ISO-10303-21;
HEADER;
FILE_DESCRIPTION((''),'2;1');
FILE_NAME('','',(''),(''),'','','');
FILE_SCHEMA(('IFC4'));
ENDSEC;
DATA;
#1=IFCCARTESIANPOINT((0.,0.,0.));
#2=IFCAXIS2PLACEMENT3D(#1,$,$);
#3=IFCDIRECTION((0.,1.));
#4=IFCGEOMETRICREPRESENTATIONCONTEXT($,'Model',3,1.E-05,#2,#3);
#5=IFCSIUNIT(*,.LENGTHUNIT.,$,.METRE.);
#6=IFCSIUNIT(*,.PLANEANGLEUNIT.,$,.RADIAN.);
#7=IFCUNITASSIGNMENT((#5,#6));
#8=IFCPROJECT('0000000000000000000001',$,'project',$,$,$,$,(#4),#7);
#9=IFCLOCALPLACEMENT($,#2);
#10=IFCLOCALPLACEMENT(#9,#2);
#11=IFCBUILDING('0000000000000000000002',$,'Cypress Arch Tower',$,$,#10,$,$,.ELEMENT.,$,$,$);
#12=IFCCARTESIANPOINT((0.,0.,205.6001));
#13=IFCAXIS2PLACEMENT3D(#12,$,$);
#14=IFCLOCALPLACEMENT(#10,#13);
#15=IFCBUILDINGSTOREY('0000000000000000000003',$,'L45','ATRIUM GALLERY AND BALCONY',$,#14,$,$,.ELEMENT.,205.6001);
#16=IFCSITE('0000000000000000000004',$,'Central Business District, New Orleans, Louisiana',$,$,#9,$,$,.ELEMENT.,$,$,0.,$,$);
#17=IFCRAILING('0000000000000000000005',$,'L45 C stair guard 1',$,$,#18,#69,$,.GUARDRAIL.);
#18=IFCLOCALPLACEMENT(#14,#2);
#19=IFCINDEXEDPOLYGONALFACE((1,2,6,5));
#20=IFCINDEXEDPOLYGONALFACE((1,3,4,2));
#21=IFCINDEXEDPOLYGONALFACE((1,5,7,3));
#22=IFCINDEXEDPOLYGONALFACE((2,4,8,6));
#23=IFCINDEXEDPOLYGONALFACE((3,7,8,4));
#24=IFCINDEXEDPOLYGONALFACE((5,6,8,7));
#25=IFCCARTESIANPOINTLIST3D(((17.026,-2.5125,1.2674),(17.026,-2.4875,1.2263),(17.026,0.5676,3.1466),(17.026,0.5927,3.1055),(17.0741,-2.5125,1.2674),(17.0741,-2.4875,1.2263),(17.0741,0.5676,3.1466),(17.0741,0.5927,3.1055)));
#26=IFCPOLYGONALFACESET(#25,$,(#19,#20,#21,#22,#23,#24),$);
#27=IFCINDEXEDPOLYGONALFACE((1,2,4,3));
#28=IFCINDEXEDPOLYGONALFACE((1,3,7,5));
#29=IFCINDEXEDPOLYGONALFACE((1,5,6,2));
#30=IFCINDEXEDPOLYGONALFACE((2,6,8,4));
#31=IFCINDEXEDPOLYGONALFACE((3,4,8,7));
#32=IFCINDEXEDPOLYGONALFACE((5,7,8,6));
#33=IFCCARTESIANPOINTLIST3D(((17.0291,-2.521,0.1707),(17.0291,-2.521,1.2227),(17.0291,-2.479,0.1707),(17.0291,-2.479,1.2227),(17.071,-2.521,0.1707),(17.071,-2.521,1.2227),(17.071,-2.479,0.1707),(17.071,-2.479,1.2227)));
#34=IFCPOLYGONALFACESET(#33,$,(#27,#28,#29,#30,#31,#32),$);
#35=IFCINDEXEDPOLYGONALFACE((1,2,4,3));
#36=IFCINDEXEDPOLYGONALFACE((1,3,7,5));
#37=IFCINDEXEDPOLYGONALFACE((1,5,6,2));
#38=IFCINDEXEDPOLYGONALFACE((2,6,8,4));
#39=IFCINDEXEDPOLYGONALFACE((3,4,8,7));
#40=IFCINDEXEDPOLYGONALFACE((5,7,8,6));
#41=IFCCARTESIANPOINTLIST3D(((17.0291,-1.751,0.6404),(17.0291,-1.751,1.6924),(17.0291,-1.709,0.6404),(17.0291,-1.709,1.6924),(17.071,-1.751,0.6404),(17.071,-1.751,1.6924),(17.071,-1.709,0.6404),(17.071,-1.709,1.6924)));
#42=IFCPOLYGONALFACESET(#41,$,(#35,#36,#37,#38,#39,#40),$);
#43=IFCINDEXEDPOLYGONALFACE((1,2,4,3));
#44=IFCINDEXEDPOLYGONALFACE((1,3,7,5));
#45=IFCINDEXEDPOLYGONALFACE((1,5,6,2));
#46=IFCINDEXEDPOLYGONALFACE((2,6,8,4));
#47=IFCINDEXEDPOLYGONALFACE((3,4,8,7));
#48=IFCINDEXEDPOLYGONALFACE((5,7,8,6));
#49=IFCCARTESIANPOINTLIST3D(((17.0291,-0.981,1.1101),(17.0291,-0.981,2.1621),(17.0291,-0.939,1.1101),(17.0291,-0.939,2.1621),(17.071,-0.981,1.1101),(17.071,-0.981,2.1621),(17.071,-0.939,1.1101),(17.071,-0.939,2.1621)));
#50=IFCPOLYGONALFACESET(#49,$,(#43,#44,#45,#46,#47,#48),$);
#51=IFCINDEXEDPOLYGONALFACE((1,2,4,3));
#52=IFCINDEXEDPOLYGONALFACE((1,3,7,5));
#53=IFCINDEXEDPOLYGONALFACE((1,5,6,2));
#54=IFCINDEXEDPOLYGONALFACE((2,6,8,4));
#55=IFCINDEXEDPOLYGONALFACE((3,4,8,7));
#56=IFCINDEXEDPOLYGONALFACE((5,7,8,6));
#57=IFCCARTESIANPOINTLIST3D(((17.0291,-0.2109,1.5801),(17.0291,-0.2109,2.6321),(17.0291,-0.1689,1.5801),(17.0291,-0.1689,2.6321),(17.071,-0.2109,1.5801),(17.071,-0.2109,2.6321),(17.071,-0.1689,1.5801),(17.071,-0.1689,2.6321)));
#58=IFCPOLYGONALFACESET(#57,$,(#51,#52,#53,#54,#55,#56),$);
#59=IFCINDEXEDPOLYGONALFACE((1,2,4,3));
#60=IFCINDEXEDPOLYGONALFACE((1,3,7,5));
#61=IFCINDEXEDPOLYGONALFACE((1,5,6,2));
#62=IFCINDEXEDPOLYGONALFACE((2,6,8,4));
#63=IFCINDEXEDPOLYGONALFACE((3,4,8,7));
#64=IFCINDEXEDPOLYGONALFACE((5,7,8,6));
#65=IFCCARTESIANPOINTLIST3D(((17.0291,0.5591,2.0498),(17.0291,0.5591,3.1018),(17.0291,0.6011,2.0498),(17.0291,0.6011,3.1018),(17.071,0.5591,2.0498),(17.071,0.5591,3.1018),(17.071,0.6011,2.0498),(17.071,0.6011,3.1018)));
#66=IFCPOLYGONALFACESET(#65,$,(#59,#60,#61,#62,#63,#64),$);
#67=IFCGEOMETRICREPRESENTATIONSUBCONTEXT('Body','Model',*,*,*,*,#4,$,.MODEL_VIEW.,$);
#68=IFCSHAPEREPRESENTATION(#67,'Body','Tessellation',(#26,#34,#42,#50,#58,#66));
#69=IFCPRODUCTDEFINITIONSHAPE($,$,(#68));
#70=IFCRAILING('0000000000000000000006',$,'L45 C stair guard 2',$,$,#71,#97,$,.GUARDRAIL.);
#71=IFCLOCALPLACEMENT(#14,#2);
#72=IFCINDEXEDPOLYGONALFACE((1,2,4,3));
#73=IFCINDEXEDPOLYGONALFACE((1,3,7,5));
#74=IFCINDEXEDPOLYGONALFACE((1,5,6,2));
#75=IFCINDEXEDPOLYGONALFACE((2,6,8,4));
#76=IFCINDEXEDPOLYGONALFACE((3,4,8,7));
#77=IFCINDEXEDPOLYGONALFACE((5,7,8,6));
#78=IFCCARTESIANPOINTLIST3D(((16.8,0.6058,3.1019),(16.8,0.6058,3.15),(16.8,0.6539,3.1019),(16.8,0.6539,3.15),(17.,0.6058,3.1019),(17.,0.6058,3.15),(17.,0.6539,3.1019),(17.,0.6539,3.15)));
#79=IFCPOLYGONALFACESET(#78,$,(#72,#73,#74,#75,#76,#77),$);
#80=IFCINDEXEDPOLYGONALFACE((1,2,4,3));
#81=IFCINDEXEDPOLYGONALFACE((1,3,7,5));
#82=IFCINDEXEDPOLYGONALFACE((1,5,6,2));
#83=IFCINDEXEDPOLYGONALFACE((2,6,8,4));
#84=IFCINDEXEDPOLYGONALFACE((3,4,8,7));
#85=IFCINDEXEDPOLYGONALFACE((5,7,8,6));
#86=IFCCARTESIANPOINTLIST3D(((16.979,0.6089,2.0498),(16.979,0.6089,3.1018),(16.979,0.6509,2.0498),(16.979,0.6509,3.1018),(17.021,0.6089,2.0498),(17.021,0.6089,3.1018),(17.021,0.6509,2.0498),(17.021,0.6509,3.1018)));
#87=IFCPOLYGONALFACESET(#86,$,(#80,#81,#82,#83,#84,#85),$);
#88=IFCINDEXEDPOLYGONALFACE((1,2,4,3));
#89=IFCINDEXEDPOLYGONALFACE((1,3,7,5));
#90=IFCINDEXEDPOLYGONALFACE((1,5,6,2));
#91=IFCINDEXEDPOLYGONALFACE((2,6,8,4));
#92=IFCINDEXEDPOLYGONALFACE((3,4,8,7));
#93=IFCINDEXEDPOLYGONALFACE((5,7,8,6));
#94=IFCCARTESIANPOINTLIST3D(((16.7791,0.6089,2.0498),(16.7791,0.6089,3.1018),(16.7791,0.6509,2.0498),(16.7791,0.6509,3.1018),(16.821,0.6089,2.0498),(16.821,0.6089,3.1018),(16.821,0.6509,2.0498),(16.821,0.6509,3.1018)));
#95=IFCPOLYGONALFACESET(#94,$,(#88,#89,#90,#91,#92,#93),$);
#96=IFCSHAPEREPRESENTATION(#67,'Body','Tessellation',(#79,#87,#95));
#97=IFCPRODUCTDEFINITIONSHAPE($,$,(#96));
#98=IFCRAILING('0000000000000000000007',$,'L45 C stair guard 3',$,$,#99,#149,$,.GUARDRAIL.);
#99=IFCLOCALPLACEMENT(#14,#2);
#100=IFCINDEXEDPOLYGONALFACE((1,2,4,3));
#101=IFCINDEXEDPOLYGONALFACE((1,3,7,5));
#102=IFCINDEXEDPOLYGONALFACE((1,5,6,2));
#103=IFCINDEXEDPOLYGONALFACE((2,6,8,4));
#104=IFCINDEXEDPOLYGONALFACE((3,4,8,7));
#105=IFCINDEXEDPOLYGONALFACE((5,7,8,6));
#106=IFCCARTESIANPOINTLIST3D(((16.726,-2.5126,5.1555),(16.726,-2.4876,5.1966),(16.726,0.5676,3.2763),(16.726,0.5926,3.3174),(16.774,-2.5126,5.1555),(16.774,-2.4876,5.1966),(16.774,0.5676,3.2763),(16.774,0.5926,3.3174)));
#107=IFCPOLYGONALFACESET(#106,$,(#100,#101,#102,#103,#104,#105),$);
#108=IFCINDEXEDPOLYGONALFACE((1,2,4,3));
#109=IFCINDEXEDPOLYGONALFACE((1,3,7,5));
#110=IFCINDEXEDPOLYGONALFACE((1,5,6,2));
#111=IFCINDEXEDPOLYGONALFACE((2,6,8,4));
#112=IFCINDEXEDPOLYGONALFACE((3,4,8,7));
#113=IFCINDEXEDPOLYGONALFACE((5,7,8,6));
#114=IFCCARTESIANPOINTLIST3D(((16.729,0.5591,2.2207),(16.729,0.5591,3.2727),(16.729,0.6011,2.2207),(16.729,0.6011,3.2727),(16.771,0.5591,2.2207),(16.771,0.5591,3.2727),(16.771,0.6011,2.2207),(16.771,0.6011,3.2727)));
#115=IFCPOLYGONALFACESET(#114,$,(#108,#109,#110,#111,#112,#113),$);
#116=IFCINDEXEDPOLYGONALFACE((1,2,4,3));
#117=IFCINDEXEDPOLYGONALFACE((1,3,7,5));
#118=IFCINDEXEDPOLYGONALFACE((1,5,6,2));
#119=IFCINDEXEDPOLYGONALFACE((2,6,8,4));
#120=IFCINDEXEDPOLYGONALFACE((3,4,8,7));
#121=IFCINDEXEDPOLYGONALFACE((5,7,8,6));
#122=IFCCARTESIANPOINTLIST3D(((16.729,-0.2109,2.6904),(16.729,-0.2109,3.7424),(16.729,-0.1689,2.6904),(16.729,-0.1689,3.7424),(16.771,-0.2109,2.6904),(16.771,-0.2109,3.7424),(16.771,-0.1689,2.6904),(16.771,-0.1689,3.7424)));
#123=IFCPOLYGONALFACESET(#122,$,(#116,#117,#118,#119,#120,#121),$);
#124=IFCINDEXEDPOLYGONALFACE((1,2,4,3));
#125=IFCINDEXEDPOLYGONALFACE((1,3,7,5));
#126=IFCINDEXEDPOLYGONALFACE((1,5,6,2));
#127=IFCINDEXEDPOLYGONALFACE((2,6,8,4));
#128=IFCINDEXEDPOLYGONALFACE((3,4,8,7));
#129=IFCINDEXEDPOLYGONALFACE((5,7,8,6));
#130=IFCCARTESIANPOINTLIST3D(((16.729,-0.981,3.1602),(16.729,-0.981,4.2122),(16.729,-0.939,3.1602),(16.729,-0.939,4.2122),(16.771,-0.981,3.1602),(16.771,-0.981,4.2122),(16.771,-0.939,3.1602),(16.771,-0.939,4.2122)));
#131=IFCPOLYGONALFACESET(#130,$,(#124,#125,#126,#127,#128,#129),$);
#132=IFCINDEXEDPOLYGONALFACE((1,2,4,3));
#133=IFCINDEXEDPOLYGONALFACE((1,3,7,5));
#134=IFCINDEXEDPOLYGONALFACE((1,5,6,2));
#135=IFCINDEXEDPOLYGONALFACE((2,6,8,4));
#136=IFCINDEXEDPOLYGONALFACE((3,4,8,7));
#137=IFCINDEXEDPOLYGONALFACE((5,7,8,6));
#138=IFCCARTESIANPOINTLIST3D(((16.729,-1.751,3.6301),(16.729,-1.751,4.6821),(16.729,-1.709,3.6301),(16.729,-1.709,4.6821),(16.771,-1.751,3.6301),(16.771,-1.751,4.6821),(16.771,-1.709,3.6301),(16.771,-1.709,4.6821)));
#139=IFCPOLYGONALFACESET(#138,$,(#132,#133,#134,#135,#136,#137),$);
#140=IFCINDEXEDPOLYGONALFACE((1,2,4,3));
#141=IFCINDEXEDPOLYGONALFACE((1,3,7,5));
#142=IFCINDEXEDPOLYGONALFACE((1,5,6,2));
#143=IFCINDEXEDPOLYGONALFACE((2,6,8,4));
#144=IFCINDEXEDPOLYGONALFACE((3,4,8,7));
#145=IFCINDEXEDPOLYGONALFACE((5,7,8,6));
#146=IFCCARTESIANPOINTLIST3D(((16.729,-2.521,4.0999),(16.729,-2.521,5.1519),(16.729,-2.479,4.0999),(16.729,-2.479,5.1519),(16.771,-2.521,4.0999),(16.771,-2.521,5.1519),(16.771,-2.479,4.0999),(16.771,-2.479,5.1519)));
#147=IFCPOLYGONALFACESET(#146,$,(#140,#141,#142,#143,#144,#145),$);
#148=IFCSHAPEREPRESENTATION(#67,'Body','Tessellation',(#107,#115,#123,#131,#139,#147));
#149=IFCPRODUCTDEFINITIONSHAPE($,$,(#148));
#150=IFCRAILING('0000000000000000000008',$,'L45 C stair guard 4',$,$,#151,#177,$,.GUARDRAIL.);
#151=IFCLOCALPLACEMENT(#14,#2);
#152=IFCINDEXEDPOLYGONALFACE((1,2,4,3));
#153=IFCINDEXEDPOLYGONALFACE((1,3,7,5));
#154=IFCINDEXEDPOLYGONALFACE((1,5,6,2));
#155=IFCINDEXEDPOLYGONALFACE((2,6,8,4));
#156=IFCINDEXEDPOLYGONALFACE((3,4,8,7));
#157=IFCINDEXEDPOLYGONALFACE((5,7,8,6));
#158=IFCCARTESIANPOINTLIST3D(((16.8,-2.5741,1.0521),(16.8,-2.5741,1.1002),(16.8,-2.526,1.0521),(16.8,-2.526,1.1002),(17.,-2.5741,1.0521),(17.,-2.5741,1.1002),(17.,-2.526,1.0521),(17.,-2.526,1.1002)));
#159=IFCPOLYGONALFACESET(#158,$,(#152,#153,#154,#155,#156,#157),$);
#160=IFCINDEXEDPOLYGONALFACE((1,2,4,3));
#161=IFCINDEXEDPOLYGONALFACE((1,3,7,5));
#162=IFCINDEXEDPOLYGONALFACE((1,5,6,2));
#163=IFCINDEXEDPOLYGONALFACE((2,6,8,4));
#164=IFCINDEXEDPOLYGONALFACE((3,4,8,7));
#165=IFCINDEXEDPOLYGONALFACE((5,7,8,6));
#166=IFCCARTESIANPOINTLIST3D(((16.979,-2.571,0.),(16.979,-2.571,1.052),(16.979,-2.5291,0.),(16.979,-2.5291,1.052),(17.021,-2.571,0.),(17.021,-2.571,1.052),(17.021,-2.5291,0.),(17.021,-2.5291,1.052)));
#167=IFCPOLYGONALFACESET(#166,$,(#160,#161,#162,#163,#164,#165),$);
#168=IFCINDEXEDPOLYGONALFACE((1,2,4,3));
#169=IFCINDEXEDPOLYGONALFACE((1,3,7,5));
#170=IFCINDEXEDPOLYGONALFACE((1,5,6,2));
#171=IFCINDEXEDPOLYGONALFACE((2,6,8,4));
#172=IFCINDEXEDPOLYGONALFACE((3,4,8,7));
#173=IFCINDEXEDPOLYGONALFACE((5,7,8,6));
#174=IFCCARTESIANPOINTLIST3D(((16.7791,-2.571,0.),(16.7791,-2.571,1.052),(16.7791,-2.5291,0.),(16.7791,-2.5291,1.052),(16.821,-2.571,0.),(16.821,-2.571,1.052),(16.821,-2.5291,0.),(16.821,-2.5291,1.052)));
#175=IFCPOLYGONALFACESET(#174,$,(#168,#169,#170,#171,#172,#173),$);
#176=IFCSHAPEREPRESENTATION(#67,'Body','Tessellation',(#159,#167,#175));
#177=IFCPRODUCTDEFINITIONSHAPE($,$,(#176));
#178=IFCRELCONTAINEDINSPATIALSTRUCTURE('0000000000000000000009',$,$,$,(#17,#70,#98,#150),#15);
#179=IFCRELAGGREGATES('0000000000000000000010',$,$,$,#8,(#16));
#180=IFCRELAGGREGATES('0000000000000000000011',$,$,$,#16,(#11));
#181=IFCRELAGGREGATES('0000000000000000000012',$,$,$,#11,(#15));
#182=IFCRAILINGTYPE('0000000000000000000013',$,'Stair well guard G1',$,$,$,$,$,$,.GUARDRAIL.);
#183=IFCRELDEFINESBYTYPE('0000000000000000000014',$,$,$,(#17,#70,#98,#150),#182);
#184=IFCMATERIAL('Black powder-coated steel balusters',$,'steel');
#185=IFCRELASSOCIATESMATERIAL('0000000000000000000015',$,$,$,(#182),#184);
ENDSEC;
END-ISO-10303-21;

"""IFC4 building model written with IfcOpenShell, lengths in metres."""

from ifc_helpers import new_model, si_unit, direction, frame, origin, origin_2d, place, context, subcontext, project, spatial, rectangle, extrude, material, type_object, element, save


model = new_model("IFC4")

# Units and contexts
model_context = context("Model", 3, precision=1e-05, world=origin(), true_north=direction((0.0, 1.0)))
body_context = subcontext(model_context, "Body", "Model", "MODEL_VIEW")
ifc_project = project(units=[si_unit("LENGTHUNIT", "METRE"), si_unit("PLANEANGLEUNIT", "RADIAN")], contexts=[model_context])

# Site, building, storey
site_placement = place(None, origin())
site = spatial("IfcSite", under=ifc_project, at=site_placement, Name="Central Business District, New Orleans, Louisiana", CompositionType="ELEMENT", RefElevation=0.0)
building_placement = place(site_placement, origin())
building = spatial("IfcBuilding", under=site, at=building_placement, Name="Cypress Arch Tower", CompositionType="ELEMENT")
storey_placement = place(building_placement, frame((0.0, 0.0, 205.6001)))
storey = spatial("IfcBuildingStorey", under=building, at=storey_placement, Name="L45", Description="ATRIUM GALLERY AND BALCONY", CompositionType="ELEMENT", Elevation=205.6001)

# Railings
ifc_material_1 = material(Name="Black powder-coated steel balusters", Category="steel")
railing_type_1 = type_object("IfcRailingType", Name="Stair well guard G1", PredefinedType="GUARDRAIL", material=ifc_material_1)
railing_1_placement = place(storey_placement, frame((17.05, -2.5, 0.1707)))
element("IfcRailing", 1, at=railing_1_placement, inside=storey, type_object=railing_type_1, Name="L45 C stair guard 1", PredefinedType="GUARDRAIL", context=body_context, shape_type="SweptSolid", body=[
    extrude(rectangle(XDim=0.0481, YDim=0.0481, at=origin_2d()), frame((0.0, 0.0, 1.0762), z_axis=(0.0, 0.853666, 0.52082), x_axis=(-1.0, 0.0, 0.0)), (0.0, 0.0, 1.0), 3.6082),
    extrude(rectangle(XDim=0.042, YDim=0.042, at=origin_2d()), origin(), (0.0, 0.0, 1.0), 1.052),
    extrude(rectangle(XDim=0.042, YDim=0.042, at=origin_2d()), frame((0.0, 0.77, 0.4697)), (0.0, 0.0, 1.0), 1.052),
    extrude(rectangle(XDim=0.042, YDim=0.042, at=origin_2d()), frame((0.0, 1.54, 0.9395)), (0.0, 0.0, 1.0), 1.052),
    extrude(rectangle(XDim=0.042, YDim=0.042, at=origin_2d()), frame((0.0, 2.3101, 1.4094)), (0.0, 0.0, 1.0), 1.052),
    extrude(rectangle(XDim=0.042, YDim=0.042, at=origin_2d()), frame((0.0, 3.0801, 1.8792)), (0.0, 0.0, 1.0), 1.052),
])
railing_2_placement = place(storey_placement, frame((17.0, 0.6299, 2.0498)))
element("IfcRailing", 2, at=railing_2_placement, inside=storey, type_object=railing_type_1, Name="L45 C stair guard 2", PredefinedType="GUARDRAIL", context=body_context, shape_type="SweptSolid", body=[
    extrude(rectangle(XDim=0.0481, YDim=0.0481, at=origin_2d()), frame((0.0, 0.0, 1.0762), z_axis=(-1.0, 0.0, 0.0), x_axis=(0.0, -1.0, 0.0)), (0.0, 0.0, 1.0), 0.2),
    extrude(rectangle(XDim=0.042, YDim=0.042, at=origin_2d()), origin(), (0.0, 0.0, 1.0), 1.052),
    extrude(rectangle(XDim=0.042, YDim=0.042, at=origin_2d()), frame((-0.2, 0.0, 0.0)), (0.0, 0.0, 1.0), 1.052),
])
railing_3_placement = place(storey_placement, frame((16.75, 0.5801, 2.2207)))
element("IfcRailing", 3, at=railing_3_placement, inside=storey, type_object=railing_type_1, Name="L45 C stair guard 3", PredefinedType="GUARDRAIL", context=body_context, shape_type="SweptSolid", body=[
    extrude(rectangle(XDim=0.0481, YDim=0.0481, at=origin_2d()), frame((0.0, 0.0, 1.0762), z_axis=(0.0, -0.853666, 0.52082), x_axis=(1.0, 0.0, 0.0)), (0.0, 0.0, 1.0), 3.6082),
    extrude(rectangle(XDim=0.042, YDim=0.042, at=origin_2d()), origin(), (0.0, 0.0, 1.0), 1.052),
    extrude(rectangle(XDim=0.042, YDim=0.042, at=origin_2d()), frame((0.0, -0.77, 0.4697)), (0.0, 0.0, 1.0), 1.052),
    extrude(rectangle(XDim=0.042, YDim=0.042, at=origin_2d()), frame((0.0, -1.54, 0.9395)), (0.0, 0.0, 1.0), 1.052),
    extrude(rectangle(XDim=0.042, YDim=0.042, at=origin_2d()), frame((0.0, -2.3101, 1.4094)), (0.0, 0.0, 1.0), 1.052),
    extrude(rectangle(XDim=0.042, YDim=0.042, at=origin_2d()), frame((0.0, -3.0801, 1.8792)), (0.0, 0.0, 1.0), 1.052),
])
railing_4_placement = place(storey_placement, frame((17.0, -2.55, 0.0)))
element("IfcRailing", 4, at=railing_4_placement, inside=storey, type_object=railing_type_1, Name="L45 C stair guard 4", PredefinedType="GUARDRAIL", context=body_context, shape_type="SweptSolid", body=[
    extrude(rectangle(XDim=0.0481, YDim=0.0481, at=origin_2d()), frame((0.0, 0.0, 1.0762), z_axis=(-1.0, 0.0, 0.0), x_axis=(0.0, -1.0, 0.0)), (0.0, 0.0, 1.0), 0.2),
    extrude(rectangle(XDim=0.042, YDim=0.042, at=origin_2d()), origin(), (0.0, 0.0, 1.0), 1.052),
    extrude(rectangle(XDim=0.042, YDim=0.042, at=origin_2d()), frame((-0.2, 0.0, 0.0)), (0.0, 0.0, 1.0), 1.052),
])

save(model, "model.ifc")
